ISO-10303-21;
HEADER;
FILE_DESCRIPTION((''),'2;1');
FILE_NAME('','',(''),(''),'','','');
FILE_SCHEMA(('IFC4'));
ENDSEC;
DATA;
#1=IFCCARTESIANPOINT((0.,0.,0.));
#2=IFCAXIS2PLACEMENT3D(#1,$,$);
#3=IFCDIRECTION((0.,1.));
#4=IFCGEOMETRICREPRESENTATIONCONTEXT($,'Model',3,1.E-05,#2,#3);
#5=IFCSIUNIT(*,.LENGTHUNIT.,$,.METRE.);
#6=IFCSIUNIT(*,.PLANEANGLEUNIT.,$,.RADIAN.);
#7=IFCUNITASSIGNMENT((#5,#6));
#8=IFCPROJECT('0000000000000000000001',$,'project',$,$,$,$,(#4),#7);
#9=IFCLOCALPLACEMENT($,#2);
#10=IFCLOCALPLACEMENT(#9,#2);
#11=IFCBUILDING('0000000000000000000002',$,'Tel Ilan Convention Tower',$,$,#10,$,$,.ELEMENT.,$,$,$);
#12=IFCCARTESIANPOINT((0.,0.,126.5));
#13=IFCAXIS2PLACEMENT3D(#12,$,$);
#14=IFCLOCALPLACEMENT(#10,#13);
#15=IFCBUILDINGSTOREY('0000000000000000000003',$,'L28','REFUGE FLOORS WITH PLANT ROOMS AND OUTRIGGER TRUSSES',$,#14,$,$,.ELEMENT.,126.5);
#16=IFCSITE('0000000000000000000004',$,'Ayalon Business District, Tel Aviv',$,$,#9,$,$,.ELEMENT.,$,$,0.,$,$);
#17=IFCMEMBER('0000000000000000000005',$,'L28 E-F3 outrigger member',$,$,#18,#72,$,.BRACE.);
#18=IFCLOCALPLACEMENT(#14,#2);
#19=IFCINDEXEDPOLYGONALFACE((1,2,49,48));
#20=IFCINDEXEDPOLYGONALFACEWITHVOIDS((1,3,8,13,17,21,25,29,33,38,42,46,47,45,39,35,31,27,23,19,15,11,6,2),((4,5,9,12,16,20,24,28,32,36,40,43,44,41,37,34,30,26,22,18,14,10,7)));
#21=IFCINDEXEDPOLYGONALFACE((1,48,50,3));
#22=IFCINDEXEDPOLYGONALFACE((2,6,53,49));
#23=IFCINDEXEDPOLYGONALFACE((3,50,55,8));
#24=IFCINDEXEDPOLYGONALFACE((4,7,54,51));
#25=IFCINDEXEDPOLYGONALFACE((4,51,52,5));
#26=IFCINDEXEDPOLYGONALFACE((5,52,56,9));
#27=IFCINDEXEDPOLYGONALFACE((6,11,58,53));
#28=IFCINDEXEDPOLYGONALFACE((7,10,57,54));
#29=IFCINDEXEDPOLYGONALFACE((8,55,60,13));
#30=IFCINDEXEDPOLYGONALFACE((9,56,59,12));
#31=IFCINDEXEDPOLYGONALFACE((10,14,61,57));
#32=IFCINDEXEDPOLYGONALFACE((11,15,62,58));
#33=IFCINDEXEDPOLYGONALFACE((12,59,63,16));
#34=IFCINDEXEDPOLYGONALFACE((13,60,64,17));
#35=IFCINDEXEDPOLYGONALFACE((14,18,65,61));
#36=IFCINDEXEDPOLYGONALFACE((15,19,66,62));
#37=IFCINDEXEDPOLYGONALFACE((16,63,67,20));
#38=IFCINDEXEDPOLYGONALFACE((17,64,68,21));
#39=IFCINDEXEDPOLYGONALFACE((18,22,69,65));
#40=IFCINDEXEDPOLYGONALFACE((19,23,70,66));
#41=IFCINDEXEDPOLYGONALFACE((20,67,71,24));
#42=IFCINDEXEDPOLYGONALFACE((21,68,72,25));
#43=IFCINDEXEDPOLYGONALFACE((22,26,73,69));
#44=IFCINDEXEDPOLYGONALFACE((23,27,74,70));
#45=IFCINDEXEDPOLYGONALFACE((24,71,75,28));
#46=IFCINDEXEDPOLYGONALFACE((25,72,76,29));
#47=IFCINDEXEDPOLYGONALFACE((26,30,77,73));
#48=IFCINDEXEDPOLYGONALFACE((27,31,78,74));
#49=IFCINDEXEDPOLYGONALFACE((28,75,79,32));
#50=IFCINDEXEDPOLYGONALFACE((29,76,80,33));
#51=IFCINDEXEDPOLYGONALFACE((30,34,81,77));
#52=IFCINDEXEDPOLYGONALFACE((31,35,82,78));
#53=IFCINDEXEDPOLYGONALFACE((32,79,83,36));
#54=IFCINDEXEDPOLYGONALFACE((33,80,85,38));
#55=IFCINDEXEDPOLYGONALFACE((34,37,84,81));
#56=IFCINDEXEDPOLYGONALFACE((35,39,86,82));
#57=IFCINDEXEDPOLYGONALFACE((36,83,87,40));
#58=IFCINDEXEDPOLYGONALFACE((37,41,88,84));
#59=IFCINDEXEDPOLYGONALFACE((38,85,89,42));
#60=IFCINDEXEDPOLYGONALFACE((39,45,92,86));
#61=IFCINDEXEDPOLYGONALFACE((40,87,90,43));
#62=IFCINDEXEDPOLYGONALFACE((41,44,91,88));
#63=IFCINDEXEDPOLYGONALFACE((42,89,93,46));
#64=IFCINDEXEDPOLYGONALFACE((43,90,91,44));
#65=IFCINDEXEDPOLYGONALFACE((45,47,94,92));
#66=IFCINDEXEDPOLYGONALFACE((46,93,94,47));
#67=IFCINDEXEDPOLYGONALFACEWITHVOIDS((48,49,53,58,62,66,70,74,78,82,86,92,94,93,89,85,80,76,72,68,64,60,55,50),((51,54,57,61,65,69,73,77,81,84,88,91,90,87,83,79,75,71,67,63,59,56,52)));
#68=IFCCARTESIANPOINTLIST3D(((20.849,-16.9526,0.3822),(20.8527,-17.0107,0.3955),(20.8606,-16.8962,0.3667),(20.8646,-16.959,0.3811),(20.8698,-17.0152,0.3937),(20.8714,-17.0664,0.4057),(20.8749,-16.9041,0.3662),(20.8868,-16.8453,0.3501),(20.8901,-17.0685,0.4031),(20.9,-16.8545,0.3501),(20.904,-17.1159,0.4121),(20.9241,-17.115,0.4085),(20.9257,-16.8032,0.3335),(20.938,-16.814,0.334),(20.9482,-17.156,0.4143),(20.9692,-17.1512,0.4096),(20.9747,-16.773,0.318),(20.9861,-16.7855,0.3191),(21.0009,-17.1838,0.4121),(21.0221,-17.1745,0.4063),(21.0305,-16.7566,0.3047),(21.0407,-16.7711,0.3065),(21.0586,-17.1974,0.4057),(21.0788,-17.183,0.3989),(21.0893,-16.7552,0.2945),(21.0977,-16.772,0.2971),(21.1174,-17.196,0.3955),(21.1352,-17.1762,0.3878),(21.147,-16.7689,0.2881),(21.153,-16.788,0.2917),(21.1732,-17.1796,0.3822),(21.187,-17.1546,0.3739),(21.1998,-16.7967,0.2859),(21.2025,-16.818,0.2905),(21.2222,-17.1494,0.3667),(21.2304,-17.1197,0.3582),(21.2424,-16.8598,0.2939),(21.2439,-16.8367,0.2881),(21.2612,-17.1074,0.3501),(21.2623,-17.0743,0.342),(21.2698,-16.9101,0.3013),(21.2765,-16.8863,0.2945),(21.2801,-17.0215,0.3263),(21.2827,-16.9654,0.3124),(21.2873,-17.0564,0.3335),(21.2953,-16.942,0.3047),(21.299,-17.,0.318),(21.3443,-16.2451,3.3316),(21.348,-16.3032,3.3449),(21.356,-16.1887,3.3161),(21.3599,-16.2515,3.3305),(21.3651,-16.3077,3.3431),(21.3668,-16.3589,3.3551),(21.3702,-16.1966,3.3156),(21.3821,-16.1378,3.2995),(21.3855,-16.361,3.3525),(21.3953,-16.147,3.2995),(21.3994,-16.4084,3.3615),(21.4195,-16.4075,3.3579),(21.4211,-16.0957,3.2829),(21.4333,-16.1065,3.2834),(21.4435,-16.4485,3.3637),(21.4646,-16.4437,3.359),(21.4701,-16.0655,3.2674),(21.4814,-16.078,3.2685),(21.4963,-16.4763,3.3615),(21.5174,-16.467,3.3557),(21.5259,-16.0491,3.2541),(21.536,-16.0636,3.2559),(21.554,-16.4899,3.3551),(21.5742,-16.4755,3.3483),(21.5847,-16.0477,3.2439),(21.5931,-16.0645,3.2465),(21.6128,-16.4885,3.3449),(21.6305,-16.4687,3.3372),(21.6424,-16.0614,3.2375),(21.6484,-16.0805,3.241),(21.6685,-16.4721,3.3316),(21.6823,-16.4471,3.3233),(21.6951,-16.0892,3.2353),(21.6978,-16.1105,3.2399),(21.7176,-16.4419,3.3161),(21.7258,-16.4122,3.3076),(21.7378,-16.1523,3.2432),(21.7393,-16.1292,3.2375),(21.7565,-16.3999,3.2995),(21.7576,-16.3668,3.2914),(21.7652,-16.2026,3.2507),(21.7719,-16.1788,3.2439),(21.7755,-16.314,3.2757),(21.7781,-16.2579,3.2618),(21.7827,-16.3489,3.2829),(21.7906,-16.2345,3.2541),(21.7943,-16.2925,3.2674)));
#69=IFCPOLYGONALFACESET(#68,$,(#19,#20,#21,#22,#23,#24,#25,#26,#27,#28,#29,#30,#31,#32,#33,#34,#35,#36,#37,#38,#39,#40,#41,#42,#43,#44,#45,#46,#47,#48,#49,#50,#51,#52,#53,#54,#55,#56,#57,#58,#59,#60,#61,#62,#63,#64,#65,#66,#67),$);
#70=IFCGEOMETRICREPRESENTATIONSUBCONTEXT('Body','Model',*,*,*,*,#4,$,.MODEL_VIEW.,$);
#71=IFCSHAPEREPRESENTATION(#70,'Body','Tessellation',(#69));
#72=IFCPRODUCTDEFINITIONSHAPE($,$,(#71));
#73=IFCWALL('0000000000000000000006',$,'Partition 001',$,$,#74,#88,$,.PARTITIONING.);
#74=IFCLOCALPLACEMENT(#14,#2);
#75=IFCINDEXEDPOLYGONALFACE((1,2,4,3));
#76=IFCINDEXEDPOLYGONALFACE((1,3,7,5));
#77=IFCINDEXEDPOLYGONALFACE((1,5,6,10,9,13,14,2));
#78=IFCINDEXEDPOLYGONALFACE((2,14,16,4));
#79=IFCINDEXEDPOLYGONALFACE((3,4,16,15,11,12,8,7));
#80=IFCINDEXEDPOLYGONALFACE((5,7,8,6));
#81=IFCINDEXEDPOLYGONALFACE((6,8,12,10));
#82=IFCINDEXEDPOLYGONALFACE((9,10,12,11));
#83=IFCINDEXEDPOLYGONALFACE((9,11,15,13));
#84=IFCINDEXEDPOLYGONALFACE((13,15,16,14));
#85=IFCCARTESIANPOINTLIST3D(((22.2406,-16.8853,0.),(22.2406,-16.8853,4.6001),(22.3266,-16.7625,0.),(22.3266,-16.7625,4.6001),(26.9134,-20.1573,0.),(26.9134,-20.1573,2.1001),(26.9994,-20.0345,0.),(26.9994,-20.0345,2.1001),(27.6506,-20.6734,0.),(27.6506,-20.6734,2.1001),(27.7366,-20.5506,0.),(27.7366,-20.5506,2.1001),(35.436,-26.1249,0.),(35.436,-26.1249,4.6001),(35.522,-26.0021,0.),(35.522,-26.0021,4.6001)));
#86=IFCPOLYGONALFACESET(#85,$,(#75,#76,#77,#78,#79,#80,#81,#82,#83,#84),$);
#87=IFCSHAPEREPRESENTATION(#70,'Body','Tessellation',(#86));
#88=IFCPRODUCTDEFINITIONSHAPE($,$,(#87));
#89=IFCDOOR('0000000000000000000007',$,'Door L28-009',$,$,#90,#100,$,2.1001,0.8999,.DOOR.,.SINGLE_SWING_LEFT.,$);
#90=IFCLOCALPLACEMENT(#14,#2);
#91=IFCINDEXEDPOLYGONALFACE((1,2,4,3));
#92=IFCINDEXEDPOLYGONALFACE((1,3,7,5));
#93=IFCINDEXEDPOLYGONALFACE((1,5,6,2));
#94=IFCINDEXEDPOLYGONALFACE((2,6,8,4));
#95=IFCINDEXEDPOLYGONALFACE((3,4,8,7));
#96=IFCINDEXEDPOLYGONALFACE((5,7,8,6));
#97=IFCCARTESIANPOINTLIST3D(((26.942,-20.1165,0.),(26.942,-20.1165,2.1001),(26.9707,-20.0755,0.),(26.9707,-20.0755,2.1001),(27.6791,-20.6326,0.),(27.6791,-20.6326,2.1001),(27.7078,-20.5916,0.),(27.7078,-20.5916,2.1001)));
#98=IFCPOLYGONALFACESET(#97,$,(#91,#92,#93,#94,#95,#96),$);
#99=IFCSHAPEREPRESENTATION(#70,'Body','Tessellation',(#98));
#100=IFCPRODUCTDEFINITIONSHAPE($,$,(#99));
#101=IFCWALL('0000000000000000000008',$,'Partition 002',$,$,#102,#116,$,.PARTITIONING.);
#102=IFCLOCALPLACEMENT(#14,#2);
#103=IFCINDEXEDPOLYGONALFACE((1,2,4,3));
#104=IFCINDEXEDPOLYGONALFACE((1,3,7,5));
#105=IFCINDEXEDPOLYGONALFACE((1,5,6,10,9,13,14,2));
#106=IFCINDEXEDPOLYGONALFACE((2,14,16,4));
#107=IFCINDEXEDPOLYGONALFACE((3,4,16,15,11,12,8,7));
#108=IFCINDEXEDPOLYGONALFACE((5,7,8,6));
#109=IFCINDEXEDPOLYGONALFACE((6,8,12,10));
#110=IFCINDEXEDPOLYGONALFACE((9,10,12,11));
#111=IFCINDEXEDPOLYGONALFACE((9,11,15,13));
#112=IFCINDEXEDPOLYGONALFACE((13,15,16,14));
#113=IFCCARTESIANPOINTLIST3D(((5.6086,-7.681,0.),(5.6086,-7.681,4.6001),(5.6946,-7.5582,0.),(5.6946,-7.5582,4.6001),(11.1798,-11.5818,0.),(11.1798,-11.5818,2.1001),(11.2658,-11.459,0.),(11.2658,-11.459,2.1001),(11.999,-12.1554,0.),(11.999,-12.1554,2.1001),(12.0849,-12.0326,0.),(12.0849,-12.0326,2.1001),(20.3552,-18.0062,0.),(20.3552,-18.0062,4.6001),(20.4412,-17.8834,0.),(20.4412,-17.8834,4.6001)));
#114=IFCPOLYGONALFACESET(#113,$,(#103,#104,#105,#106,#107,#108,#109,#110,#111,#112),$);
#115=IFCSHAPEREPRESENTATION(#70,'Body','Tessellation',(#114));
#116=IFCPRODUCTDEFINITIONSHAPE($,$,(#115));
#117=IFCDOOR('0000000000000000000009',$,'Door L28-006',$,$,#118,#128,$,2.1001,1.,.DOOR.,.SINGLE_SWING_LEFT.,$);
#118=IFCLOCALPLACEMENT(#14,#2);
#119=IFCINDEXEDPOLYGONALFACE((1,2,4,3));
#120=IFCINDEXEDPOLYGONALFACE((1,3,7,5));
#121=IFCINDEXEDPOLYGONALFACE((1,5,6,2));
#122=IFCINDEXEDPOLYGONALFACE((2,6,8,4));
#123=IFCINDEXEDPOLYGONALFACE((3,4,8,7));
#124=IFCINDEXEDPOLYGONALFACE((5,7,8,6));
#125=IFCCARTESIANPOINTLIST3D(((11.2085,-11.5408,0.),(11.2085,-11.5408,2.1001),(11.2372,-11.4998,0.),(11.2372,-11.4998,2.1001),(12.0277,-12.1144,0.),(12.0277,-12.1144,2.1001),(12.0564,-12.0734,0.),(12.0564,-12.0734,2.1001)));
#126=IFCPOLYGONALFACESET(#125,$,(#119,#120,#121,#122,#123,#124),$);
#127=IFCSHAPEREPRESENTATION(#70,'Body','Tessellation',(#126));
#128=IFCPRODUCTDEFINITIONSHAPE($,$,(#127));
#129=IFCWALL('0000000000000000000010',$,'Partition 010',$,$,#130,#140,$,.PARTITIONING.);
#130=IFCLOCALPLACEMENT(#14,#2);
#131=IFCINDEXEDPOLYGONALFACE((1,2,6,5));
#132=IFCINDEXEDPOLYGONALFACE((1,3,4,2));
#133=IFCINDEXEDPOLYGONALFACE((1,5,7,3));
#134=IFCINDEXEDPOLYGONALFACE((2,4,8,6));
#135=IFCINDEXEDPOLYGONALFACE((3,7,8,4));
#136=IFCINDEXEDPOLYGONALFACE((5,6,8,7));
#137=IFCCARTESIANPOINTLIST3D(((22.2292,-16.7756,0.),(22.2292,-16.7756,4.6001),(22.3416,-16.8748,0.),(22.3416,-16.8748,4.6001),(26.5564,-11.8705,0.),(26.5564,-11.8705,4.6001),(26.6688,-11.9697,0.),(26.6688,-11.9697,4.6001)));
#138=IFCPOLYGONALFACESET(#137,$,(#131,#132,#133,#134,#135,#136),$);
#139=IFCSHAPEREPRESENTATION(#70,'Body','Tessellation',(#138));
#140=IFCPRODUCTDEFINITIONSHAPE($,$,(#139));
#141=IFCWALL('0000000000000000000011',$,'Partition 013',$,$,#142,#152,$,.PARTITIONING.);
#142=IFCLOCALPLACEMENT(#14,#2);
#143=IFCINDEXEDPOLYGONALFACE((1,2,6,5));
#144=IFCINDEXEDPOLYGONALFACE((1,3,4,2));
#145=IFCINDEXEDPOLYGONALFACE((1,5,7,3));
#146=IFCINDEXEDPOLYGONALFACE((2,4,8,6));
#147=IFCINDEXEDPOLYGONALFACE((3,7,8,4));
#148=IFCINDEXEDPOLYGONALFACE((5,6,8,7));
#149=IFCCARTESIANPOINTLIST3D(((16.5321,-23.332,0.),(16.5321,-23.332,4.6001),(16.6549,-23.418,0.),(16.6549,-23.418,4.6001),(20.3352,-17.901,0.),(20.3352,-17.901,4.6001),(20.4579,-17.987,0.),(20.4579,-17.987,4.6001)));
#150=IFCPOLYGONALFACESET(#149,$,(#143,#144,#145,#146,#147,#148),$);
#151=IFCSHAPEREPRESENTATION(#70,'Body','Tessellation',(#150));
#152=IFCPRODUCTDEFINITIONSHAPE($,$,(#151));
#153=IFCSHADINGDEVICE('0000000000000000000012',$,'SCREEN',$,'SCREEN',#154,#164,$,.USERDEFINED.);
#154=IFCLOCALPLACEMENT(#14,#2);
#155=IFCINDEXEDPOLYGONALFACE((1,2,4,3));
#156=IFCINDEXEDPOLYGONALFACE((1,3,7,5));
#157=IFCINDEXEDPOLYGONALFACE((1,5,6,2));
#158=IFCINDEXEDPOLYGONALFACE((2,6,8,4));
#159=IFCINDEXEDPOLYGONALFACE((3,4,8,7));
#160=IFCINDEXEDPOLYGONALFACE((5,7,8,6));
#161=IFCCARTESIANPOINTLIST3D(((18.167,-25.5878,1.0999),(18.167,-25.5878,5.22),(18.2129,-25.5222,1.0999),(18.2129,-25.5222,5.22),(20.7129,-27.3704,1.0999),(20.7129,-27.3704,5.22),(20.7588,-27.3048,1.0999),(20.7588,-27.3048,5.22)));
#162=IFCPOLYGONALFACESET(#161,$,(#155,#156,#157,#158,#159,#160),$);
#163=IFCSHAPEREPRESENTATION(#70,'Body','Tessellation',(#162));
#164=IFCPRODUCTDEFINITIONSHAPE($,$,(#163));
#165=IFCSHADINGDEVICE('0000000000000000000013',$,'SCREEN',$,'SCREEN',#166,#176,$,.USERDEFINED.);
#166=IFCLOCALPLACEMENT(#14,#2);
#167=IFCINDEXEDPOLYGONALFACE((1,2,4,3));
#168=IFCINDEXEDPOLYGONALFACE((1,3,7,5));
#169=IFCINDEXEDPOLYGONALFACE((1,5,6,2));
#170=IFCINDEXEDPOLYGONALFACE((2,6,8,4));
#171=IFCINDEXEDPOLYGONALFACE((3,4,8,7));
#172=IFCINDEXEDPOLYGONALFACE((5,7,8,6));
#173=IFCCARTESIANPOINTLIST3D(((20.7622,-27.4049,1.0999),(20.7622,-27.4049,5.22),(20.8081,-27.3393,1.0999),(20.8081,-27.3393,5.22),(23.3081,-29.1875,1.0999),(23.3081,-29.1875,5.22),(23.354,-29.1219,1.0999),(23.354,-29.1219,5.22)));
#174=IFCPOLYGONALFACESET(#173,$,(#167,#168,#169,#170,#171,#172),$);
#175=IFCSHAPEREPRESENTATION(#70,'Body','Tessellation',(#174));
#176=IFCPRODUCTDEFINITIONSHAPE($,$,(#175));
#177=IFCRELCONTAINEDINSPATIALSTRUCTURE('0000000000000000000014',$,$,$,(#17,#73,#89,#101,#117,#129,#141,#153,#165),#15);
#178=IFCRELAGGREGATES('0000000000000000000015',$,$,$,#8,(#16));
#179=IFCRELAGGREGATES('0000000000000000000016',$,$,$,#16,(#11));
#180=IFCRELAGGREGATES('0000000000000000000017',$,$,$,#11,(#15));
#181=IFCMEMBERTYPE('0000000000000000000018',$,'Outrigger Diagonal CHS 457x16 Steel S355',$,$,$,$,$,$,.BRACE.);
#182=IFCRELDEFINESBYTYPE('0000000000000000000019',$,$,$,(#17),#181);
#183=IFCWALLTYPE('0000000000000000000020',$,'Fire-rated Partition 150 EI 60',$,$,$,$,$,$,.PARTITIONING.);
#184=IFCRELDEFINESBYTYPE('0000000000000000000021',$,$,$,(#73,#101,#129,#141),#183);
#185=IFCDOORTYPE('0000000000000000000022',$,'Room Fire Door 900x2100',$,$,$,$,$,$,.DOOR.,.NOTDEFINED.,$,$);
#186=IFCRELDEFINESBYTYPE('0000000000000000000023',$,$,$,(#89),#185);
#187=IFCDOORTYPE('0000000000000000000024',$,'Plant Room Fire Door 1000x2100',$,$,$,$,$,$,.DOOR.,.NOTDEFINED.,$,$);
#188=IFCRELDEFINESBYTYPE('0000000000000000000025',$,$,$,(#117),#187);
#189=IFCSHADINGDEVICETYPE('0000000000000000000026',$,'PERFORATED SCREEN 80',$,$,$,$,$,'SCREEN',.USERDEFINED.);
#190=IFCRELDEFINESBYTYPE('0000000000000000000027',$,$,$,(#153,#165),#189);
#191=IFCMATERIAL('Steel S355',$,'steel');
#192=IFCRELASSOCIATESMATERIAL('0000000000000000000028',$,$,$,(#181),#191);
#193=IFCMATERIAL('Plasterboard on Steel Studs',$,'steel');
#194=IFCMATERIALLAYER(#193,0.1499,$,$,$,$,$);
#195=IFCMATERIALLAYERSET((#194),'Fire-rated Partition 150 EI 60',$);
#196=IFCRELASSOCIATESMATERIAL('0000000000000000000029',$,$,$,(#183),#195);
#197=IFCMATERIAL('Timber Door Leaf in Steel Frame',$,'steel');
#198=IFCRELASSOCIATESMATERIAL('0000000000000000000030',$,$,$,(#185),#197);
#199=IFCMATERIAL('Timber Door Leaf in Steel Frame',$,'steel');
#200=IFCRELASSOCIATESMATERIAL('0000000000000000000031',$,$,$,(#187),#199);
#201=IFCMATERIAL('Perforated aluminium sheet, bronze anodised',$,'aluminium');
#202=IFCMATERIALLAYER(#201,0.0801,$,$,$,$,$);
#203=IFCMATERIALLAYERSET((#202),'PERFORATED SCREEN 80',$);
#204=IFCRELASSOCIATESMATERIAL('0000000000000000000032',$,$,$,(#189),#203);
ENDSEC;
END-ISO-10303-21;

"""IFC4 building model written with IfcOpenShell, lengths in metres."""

from ifc_helpers import new_model, si_unit, direction, frame, frame_2d, origin, origin_2d, place, context, subcontext, project, spatial, rectangle, hollow_circle, extrude, material, layer, layer_set, material_profile, profile_set, type_object, element, fill, save


model = new_model("IFC4")

# Units and contexts
model_context = context("Model", 3, precision=1e-05, world=origin(), true_north=direction((0.0, 1.0)))
body_context = subcontext(model_context, "Body", "Model", "MODEL_VIEW")
ifc_project = project(units=[si_unit("LENGTHUNIT", "METRE"), si_unit("PLANEANGLEUNIT", "RADIAN")], contexts=[model_context])

# Site, building, storey
site_placement = place(None, origin())
site = spatial("IfcSite", under=ifc_project, at=site_placement, Name="Ayalon Business District, Tel Aviv", CompositionType="ELEMENT", RefElevation=0.0)
building_placement = place(site_placement, origin())
building = spatial("IfcBuilding", under=site, at=building_placement, Name="Tel Ilan Convention Tower", CompositionType="ELEMENT")
storey_placement = place(building_placement, frame((0.0, 0.0, 126.5)))
storey = spatial("IfcBuildingStorey", under=building, at=storey_placement, Name="L28", Description="REFUGE FLOORS WITH PLANT ROOMS AND OUTRIGGER TRUSSES", CompositionType="ELEMENT", Elevation=126.5)

# Member
ifc_material_1 = material(Name="Steel S355", Category="steel")
ifc_material_profile_1 = material_profile(ifc_material_1, hollow_circle(Radius=0.2285, WallThickness=0.0161, at=origin_2d()), Name="CHS 457x16")
ifc_profile_set_1 = profile_set([ifc_material_profile_1], Name="Steel S355")
member_type_1 = type_object("IfcMemberType", Name="Outrigger Diagonal CHS 457x16 Steel S355", PredefinedType="BRACE", material=ifc_profile_set_1)
member_placement = place(storey_placement, frame((21.074, -16.9763, 0.3501), z_axis=(0.161181, 0.230213, 0.959699), x_axis=(-0.819179, 0.573538, 0.0)))
element("IfcMember", 1, at=member_placement, inside=storey, type_object=member_type_1, Name="L28 E-F3 outrigger member", PredefinedType="BRACE", context=body_context, shape_type="SweptSolid", body=[
    extrude(hollow_circle(Radius=0.2285, WallThickness=0.0161, at=origin_2d()), origin(), (0.0, 0.0, 1.0), 3.0732),
])

# Walls, openings, doors
ifc_material_2 = material(Name="Plasterboard on Steel Studs", Category="steel")
ifc_layer_1 = layer(ifc_material_2, 0.1499)
ifc_layer_set_1 = layer_set([ifc_layer_1], Name="Fire-rated Partition 150 EI 60")
wall_type = type_object("IfcWallType", Name="Fire-rated Partition 150 EI 60", PredefinedType="PARTITIONING", material=ifc_layer_set_1)
wall_1_placement = place(storey_placement, frame((22.2837, -16.824, 0.0), z_axis=(0.0, 0.0, 1.0), x_axis=(0.819151, -0.573578, 0.0)))
wall_1 = element("IfcWall", 2, at=wall_1_placement, inside=storey, type_object=wall_type, Name="Partition 001", PredefinedType="PARTITIONING", context=body_context, shape_type="SweptSolid", body=[
    extrude(rectangle(XDim=16.1086, YDim=0.1499, at=frame_2d((8.0542, 0.0))), origin(), (0.0, 0.0, 1.0), 4.6001),
])
opening_1_placement = place(wall_1_placement, frame((5.7043, 0.0, 0.0)))
opening_1 = element("IfcOpeningElement", 3, at=opening_1_placement, cuts=wall_1, PredefinedType="OPENING", context=body_context, shape_type="SweptSolid", body=[
    extrude(rectangle(XDim=0.8999, YDim=2.1001, at=frame_2d((0.45, 1.05))), frame((0.0, 0.085, 0.0), z_axis=(0.0, -1.0, 0.0), x_axis=(1.0, 0.0, 0.0)), (0.0, 0.0, 1.0), 0.1699),
])
ifc_material_3 = material(Name="Timber Door Leaf in Steel Frame", Category="steel")
door_type_1 = type_object("IfcDoorType", Name="Room Fire Door 900x2100", OperationType="NOTDEFINED", PredefinedType="DOOR", material=ifc_material_3)
door_1_placement = place(opening_1_placement, origin())
door_1 = element("IfcDoor", 4, at=door_1_placement, inside=storey, type_object=door_type_1, Name="Door L28-009", OperationType="SINGLE_SWING_LEFT", OverallHeight=2.1001, OverallWidth=0.8999, PredefinedType="DOOR", context=body_context, shape_type="SweptSolid", body=[
    extrude(rectangle(XDim=0.8999, YDim=2.1001, at=frame_2d((0.45, 1.05))), frame((0.0, 0.0249, 0.0), z_axis=(0.0, -1.0, 0.0), x_axis=(1.0, 0.0, 0.0)), (0.0, 0.0, 1.0), 0.05),
])
fill(opening_1, door_1)
wall_2_placement = place(storey_placement, frame((20.3982, -17.9448, 0.0), z_axis=(0.0, 0.0, 1.0), x_axis=(-0.819164, 0.573559, 0.0)))
wall_2 = element("IfcWall", 5, at=wall_2_placement, inside=storey, type_object=wall_type, Name="Partition 002", PredefinedType="PARTITIONING", context=body_context, shape_type="SweptSolid", body=[
    extrude(rectangle(XDim=18.002, YDim=0.1499, at=frame_2d((9.001, 0.0))), origin(), (0.0, 0.0, 1.0), 4.6001),
])
opening_2_placement = place(wall_2_placement, frame((10.2009, 0.0, 0.0)))
opening_2 = element("IfcOpeningElement", 6, at=opening_2_placement, cuts=wall_2, PredefinedType="OPENING", context=body_context, shape_type="SweptSolid", body=[
    extrude(rectangle(XDim=1.0, YDim=2.1001, at=frame_2d((0.5, 1.05))), frame((0.0, 0.085, 0.0), z_axis=(0.0, -1.0, 0.0), x_axis=(1.0, 0.0, 0.0)), (0.0, 0.0, 1.0), 0.1699),
])
ifc_material_4 = material(Name="Timber Door Leaf in Steel Frame", Category="steel")
door_type_2 = type_object("IfcDoorType", Name="Plant Room Fire Door 1000x2100", OperationType="NOTDEFINED", PredefinedType="DOOR", material=ifc_material_4)
door_2_placement = place(opening_2_placement, origin())
door_2 = element("IfcDoor", 7, at=door_2_placement, inside=storey, type_object=door_type_2, Name="Door L28-006", OperationType="SINGLE_SWING_LEFT", OverallHeight=2.1001, OverallWidth=1.0, PredefinedType="DOOR", context=body_context, shape_type="SweptSolid", body=[
    extrude(rectangle(XDim=1.0, YDim=2.1001, at=frame_2d((0.5, 1.05))), frame((0.0, 0.0249, 0.0), z_axis=(0.0, -1.0, 0.0), x_axis=(1.0, 0.0, 0.0)), (0.0, 0.0, 1.0), 0.05),
])
fill(opening_2, door_2)

# Walls
wall_3_placement = place(storey_placement, frame((22.2854, -16.8252, 0.0), z_axis=(0.0, 0.0, 1.0), x_axis=(0.661551, 0.7499, 0.0)))
element("IfcWall", 8, at=wall_3_placement, inside=storey, type_object=wall_type, Name="Partition 010", PredefinedType="PARTITIONING", context=body_context, shape_type="SweptSolid", body=[
    extrude(rectangle(XDim=6.541, YDim=0.1499, at=frame_2d((3.2705, 0.0))), origin(), (0.0, 0.0, 1.0), 4.6001),
])
wall_4_placement = place(storey_placement, frame((20.3965, -17.9441, 0.0), z_axis=(0.0, 0.0, 1.0), x_axis=(-0.573598, -0.819137, 0.0)))
element("IfcWall", 9, at=wall_4_placement, inside=storey, type_object=wall_type, Name="Partition 013", PredefinedType="PARTITIONING", context=body_context, shape_type="SweptSolid", body=[
    extrude(rectangle(XDim=6.6301, YDim=0.1499, at=frame_2d((3.3149, 0.0))), origin(), (0.0, 0.0, 1.0), 4.6001),
])

# Shading devices
ifc_material_5 = material(Name="Perforated aluminium sheet, bronze anodised", Category="aluminium")
ifc_layer_2 = layer(ifc_material_5, 0.0801)
ifc_layer_set_2 = layer_set([ifc_layer_2], Name="PERFORATED SCREEN 80")
shading_device_type_1 = type_object("IfcShadingDeviceType", Name="PERFORATED SCREEN 80", ElementType="SCREEN", PredefinedType="USERDEFINED", material=ifc_layer_set_2)
for number, where, z_axis, x_axis, name in (
    (10, (19.4629, -26.4463, 1.0999), (0.0, 0.0, 1.0), (0.819152, -0.573576, 0.0), "SCREEN"),
    (11, (22.0581, -28.2634, 1.0999), (0.0, 0.0, 1.0), (0.819152, -0.573576, 0.0), "SCREEN"),
):
    element("IfcShadingDevice", number, at=place(storey_placement, frame(where, z_axis=z_axis, x_axis=x_axis)), inside=storey, type_object=shading_device_type_1, Name=name, ObjectType="SCREEN", PredefinedType="USERDEFINED", context=body_context, shape_type="SweptSolid", body=[
        extrude(rectangle(XDim=3.1079, YDim=0.0801, at=origin_2d()), origin(), (0.0, 0.0, 1.0), 4.1201),
    ])

save(model, "model.ifc")
